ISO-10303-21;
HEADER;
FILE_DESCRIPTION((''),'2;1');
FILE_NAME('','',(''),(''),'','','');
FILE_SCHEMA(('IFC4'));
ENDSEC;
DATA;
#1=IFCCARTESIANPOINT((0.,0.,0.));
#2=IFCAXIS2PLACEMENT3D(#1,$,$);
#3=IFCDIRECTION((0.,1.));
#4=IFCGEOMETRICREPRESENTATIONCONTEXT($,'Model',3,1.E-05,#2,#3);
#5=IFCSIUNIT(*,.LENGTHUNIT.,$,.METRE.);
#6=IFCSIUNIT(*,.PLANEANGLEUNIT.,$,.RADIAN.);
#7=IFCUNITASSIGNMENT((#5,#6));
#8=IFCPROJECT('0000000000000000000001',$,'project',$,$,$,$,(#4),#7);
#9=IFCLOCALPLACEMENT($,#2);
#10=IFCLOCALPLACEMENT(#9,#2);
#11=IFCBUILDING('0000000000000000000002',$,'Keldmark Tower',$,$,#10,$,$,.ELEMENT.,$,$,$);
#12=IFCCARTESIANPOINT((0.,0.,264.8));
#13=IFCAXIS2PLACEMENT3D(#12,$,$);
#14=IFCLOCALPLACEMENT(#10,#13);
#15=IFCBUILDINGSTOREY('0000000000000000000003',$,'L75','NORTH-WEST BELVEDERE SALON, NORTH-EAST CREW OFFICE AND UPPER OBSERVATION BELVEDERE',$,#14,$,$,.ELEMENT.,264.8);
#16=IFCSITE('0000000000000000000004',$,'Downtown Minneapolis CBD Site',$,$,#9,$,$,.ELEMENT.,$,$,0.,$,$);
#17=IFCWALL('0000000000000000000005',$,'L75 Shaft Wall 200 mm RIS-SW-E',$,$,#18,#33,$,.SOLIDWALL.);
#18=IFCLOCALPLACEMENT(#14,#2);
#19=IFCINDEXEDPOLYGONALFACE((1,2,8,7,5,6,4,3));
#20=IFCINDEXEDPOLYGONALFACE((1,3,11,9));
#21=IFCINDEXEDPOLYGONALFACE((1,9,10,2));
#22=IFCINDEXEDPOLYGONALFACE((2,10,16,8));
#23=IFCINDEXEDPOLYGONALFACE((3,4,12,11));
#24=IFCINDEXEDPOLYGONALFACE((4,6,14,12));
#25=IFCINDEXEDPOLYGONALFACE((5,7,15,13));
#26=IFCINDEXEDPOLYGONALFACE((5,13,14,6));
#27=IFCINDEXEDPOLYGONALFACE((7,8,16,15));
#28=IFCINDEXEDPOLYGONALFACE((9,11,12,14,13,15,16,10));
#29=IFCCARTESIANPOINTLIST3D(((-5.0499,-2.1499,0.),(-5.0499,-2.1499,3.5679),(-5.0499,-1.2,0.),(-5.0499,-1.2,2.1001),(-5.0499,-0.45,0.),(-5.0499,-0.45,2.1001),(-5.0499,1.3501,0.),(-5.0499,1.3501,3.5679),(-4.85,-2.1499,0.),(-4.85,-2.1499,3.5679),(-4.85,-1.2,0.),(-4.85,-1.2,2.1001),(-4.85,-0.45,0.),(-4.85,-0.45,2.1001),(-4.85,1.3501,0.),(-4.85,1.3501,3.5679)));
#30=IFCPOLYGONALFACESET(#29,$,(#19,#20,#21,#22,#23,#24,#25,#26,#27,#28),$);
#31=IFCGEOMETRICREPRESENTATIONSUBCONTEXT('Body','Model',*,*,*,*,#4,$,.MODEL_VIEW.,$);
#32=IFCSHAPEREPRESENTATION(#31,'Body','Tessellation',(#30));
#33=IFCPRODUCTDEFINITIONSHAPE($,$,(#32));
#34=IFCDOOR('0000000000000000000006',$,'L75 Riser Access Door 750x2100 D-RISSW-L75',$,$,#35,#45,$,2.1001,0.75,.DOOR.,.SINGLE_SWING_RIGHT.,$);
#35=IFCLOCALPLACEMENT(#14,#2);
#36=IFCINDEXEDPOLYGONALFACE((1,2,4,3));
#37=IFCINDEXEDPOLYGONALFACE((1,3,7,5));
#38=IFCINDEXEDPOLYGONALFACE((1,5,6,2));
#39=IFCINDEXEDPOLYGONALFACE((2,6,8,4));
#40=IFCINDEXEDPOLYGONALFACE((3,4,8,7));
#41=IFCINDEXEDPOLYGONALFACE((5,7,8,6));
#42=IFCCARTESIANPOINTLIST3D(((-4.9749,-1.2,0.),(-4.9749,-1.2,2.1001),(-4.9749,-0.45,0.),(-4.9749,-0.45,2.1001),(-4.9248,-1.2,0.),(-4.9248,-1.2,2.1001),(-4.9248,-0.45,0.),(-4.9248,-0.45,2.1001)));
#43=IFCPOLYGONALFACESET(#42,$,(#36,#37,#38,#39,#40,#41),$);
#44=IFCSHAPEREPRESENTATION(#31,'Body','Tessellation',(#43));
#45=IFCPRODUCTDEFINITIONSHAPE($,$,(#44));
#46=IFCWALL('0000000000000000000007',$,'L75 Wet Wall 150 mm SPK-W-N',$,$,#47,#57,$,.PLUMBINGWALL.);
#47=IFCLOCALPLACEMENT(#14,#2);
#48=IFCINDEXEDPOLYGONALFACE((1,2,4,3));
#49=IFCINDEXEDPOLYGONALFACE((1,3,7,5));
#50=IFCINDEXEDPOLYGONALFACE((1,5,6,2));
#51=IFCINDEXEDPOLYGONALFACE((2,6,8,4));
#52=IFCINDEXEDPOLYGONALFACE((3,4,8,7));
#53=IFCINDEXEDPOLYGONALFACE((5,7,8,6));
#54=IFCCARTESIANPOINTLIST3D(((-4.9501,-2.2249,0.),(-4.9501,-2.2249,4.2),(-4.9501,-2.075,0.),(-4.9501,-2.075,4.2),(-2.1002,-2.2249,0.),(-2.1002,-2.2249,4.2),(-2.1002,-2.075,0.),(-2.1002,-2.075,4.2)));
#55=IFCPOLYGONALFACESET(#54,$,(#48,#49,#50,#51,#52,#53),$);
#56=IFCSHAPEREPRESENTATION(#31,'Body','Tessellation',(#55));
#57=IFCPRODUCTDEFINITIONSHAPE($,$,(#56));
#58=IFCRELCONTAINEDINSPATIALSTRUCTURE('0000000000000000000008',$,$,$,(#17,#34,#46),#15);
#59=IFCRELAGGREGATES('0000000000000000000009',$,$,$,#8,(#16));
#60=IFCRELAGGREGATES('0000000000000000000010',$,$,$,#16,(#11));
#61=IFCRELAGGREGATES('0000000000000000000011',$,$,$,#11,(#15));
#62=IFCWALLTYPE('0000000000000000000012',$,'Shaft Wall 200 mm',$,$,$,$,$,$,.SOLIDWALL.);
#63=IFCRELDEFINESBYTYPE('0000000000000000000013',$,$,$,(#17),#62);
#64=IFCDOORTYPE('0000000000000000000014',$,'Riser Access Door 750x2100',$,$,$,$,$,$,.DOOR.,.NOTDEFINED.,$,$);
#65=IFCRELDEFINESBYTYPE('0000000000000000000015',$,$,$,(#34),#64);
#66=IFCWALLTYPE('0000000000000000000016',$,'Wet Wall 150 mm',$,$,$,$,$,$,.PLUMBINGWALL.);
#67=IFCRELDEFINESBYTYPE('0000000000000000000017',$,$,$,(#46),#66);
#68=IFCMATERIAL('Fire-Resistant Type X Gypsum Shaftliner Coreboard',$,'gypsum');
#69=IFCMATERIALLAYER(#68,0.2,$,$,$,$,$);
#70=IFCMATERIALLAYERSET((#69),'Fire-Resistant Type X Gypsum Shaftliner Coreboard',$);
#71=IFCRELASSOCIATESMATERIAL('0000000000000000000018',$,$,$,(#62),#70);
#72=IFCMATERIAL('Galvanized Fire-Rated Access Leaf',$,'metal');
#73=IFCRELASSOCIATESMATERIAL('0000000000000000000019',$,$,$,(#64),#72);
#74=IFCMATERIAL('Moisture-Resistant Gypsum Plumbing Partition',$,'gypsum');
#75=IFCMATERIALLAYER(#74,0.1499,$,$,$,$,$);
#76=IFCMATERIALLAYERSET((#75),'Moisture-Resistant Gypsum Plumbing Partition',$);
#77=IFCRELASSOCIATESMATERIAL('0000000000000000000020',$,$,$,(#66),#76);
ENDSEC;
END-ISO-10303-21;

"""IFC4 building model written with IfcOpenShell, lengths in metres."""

from ifc_helpers import new_model, si_unit, direction, frame, frame_2d, origin, place, context, subcontext, project, spatial, rectangle, extrude, material, layer, layer_set, type_object, element, fill, save


model = new_model("IFC4")

# Units and contexts
model_context = context("Model", 3, precision=1e-05, world=origin(), true_north=direction((0.0, 1.0)))
body_context = subcontext(model_context, "Body", "Model", "MODEL_VIEW")
ifc_project = project(units=[si_unit("LENGTHUNIT", "METRE"), si_unit("PLANEANGLEUNIT", "RADIAN")], contexts=[model_context])

# Site, building, storey
site_placement = place(None, origin())
site = spatial("IfcSite", under=ifc_project, at=site_placement, Name="Downtown Minneapolis CBD Site", CompositionType="ELEMENT", RefElevation=0.0)
building_placement = place(site_placement, origin())
building = spatial("IfcBuilding", under=site, at=building_placement, Name="Keldmark Tower", CompositionType="ELEMENT")
storey_placement = place(building_placement, frame((0.0, 0.0, 264.8)))
storey = spatial("IfcBuildingStorey", under=building, at=storey_placement, Name="L75", Description="NORTH-WEST BELVEDERE SALON, NORTH-EAST CREW OFFICE AND UPPER OBSERVATION BELVEDERE", CompositionType="ELEMENT", Elevation=264.8)

# Wall, opening, door
ifc_material_1 = material(Name="Fire-Resistant Type X Gypsum Shaftliner Coreboard", Category="gypsum")
ifc_layer_1 = layer(ifc_material_1, 0.2)
ifc_layer_set_1 = layer_set([ifc_layer_1], Name="Fire-Resistant Type X Gypsum Shaftliner Coreboard")
wall_type_1 = type_object("IfcWallType", Name="Shaft Wall 200 mm", PredefinedType="SOLIDWALL", material=ifc_layer_set_1)
wall_1_placement = place(storey_placement, frame((-4.95, -2.1499, 0.0), z_axis=(0.0, 0.0, 1.0), x_axis=(0.0, 1.0, 0.0)))
wall_1 = element("IfcWall", 1, at=wall_1_placement, inside=storey, type_object=wall_type_1, Name="L75 Shaft Wall 200 mm RIS-SW-E", PredefinedType="SOLIDWALL", context=body_context, shape_type="SweptSolid", body=[
    extrude(rectangle(XDim=3.5, YDim=0.2, at=frame_2d((1.75, 0.0))), origin(), (0.0, 0.0, 1.0), 3.5679),
])
opening_1_placement = place(wall_1_placement, frame((0.95, 0.0, 0.0)))
opening_1 = element("IfcOpeningElement", 2, at=opening_1_placement, cuts=wall_1, PredefinedType="OPENING", context=body_context, shape_type="SweptSolid", body=[
    extrude(rectangle(XDim=0.75, YDim=2.1001, at=frame_2d((0.375, 1.05))), frame((0.0, 0.1099, 0.0), z_axis=(0.0, -1.0, 0.0), x_axis=(1.0, 0.0, 0.0)), (0.0, 0.0, 1.0), 0.22),
])
ifc_material_2 = material(Name="Galvanized Fire-Rated Access Leaf", Category="metal")
door_type_1 = type_object("IfcDoorType", Name="Riser Access Door 750x2100", OperationType="NOTDEFINED", PredefinedType="DOOR", material=ifc_material_2)
door_1_placement = place(opening_1_placement, origin())
door_1 = element("IfcDoor", 3, at=door_1_placement, inside=storey, type_object=door_type_1, Name="L75 Riser Access Door 750x2100 D-RISSW-L75", OperationType="SINGLE_SWING_RIGHT", OverallHeight=2.1001, OverallWidth=0.75, PredefinedType="DOOR", context=body_context, shape_type="SweptSolid", body=[
    extrude(rectangle(XDim=0.75, YDim=2.1001, at=frame_2d((0.375, 1.05))), frame((0.0, 0.0249, 0.0), z_axis=(0.0, -1.0, 0.0), x_axis=(1.0, 0.0, 0.0)), (0.0, 0.0, 1.0), 0.05),
])
fill(opening_1, door_1)

# Wall
ifc_material_3 = material(Name="Moisture-Resistant Gypsum Plumbing Partition", Category="gypsum")
ifc_layer_2 = layer(ifc_material_3, 0.1499)
ifc_layer_set_2 = layer_set([ifc_layer_2], Name="Moisture-Resistant Gypsum Plumbing Partition")
wall_type_2 = type_object("IfcWallType", Name="Wet Wall 150 mm", PredefinedType="PLUMBINGWALL", material=ifc_layer_set_2)
wall_2_placement = place(storey_placement, frame((-4.95, -2.1499, 0.0), z_axis=(0.0, 0.0, 1.0), x_axis=(1.0, 0.0, 0.0)))
element("IfcWall", 4, at=wall_2_placement, inside=storey, type_object=wall_type_2, Name="L75 Wet Wall 150 mm SPK-W-N", PredefinedType="PLUMBINGWALL", context=body_context, shape_type="SweptSolid", body=[
    extrude(rectangle(XDim=2.8499, YDim=0.1499, at=frame_2d((1.4248, 0.0))), origin(), (0.0, 0.0, 1.0), 4.2),
])

save(model, "model.ifc")
